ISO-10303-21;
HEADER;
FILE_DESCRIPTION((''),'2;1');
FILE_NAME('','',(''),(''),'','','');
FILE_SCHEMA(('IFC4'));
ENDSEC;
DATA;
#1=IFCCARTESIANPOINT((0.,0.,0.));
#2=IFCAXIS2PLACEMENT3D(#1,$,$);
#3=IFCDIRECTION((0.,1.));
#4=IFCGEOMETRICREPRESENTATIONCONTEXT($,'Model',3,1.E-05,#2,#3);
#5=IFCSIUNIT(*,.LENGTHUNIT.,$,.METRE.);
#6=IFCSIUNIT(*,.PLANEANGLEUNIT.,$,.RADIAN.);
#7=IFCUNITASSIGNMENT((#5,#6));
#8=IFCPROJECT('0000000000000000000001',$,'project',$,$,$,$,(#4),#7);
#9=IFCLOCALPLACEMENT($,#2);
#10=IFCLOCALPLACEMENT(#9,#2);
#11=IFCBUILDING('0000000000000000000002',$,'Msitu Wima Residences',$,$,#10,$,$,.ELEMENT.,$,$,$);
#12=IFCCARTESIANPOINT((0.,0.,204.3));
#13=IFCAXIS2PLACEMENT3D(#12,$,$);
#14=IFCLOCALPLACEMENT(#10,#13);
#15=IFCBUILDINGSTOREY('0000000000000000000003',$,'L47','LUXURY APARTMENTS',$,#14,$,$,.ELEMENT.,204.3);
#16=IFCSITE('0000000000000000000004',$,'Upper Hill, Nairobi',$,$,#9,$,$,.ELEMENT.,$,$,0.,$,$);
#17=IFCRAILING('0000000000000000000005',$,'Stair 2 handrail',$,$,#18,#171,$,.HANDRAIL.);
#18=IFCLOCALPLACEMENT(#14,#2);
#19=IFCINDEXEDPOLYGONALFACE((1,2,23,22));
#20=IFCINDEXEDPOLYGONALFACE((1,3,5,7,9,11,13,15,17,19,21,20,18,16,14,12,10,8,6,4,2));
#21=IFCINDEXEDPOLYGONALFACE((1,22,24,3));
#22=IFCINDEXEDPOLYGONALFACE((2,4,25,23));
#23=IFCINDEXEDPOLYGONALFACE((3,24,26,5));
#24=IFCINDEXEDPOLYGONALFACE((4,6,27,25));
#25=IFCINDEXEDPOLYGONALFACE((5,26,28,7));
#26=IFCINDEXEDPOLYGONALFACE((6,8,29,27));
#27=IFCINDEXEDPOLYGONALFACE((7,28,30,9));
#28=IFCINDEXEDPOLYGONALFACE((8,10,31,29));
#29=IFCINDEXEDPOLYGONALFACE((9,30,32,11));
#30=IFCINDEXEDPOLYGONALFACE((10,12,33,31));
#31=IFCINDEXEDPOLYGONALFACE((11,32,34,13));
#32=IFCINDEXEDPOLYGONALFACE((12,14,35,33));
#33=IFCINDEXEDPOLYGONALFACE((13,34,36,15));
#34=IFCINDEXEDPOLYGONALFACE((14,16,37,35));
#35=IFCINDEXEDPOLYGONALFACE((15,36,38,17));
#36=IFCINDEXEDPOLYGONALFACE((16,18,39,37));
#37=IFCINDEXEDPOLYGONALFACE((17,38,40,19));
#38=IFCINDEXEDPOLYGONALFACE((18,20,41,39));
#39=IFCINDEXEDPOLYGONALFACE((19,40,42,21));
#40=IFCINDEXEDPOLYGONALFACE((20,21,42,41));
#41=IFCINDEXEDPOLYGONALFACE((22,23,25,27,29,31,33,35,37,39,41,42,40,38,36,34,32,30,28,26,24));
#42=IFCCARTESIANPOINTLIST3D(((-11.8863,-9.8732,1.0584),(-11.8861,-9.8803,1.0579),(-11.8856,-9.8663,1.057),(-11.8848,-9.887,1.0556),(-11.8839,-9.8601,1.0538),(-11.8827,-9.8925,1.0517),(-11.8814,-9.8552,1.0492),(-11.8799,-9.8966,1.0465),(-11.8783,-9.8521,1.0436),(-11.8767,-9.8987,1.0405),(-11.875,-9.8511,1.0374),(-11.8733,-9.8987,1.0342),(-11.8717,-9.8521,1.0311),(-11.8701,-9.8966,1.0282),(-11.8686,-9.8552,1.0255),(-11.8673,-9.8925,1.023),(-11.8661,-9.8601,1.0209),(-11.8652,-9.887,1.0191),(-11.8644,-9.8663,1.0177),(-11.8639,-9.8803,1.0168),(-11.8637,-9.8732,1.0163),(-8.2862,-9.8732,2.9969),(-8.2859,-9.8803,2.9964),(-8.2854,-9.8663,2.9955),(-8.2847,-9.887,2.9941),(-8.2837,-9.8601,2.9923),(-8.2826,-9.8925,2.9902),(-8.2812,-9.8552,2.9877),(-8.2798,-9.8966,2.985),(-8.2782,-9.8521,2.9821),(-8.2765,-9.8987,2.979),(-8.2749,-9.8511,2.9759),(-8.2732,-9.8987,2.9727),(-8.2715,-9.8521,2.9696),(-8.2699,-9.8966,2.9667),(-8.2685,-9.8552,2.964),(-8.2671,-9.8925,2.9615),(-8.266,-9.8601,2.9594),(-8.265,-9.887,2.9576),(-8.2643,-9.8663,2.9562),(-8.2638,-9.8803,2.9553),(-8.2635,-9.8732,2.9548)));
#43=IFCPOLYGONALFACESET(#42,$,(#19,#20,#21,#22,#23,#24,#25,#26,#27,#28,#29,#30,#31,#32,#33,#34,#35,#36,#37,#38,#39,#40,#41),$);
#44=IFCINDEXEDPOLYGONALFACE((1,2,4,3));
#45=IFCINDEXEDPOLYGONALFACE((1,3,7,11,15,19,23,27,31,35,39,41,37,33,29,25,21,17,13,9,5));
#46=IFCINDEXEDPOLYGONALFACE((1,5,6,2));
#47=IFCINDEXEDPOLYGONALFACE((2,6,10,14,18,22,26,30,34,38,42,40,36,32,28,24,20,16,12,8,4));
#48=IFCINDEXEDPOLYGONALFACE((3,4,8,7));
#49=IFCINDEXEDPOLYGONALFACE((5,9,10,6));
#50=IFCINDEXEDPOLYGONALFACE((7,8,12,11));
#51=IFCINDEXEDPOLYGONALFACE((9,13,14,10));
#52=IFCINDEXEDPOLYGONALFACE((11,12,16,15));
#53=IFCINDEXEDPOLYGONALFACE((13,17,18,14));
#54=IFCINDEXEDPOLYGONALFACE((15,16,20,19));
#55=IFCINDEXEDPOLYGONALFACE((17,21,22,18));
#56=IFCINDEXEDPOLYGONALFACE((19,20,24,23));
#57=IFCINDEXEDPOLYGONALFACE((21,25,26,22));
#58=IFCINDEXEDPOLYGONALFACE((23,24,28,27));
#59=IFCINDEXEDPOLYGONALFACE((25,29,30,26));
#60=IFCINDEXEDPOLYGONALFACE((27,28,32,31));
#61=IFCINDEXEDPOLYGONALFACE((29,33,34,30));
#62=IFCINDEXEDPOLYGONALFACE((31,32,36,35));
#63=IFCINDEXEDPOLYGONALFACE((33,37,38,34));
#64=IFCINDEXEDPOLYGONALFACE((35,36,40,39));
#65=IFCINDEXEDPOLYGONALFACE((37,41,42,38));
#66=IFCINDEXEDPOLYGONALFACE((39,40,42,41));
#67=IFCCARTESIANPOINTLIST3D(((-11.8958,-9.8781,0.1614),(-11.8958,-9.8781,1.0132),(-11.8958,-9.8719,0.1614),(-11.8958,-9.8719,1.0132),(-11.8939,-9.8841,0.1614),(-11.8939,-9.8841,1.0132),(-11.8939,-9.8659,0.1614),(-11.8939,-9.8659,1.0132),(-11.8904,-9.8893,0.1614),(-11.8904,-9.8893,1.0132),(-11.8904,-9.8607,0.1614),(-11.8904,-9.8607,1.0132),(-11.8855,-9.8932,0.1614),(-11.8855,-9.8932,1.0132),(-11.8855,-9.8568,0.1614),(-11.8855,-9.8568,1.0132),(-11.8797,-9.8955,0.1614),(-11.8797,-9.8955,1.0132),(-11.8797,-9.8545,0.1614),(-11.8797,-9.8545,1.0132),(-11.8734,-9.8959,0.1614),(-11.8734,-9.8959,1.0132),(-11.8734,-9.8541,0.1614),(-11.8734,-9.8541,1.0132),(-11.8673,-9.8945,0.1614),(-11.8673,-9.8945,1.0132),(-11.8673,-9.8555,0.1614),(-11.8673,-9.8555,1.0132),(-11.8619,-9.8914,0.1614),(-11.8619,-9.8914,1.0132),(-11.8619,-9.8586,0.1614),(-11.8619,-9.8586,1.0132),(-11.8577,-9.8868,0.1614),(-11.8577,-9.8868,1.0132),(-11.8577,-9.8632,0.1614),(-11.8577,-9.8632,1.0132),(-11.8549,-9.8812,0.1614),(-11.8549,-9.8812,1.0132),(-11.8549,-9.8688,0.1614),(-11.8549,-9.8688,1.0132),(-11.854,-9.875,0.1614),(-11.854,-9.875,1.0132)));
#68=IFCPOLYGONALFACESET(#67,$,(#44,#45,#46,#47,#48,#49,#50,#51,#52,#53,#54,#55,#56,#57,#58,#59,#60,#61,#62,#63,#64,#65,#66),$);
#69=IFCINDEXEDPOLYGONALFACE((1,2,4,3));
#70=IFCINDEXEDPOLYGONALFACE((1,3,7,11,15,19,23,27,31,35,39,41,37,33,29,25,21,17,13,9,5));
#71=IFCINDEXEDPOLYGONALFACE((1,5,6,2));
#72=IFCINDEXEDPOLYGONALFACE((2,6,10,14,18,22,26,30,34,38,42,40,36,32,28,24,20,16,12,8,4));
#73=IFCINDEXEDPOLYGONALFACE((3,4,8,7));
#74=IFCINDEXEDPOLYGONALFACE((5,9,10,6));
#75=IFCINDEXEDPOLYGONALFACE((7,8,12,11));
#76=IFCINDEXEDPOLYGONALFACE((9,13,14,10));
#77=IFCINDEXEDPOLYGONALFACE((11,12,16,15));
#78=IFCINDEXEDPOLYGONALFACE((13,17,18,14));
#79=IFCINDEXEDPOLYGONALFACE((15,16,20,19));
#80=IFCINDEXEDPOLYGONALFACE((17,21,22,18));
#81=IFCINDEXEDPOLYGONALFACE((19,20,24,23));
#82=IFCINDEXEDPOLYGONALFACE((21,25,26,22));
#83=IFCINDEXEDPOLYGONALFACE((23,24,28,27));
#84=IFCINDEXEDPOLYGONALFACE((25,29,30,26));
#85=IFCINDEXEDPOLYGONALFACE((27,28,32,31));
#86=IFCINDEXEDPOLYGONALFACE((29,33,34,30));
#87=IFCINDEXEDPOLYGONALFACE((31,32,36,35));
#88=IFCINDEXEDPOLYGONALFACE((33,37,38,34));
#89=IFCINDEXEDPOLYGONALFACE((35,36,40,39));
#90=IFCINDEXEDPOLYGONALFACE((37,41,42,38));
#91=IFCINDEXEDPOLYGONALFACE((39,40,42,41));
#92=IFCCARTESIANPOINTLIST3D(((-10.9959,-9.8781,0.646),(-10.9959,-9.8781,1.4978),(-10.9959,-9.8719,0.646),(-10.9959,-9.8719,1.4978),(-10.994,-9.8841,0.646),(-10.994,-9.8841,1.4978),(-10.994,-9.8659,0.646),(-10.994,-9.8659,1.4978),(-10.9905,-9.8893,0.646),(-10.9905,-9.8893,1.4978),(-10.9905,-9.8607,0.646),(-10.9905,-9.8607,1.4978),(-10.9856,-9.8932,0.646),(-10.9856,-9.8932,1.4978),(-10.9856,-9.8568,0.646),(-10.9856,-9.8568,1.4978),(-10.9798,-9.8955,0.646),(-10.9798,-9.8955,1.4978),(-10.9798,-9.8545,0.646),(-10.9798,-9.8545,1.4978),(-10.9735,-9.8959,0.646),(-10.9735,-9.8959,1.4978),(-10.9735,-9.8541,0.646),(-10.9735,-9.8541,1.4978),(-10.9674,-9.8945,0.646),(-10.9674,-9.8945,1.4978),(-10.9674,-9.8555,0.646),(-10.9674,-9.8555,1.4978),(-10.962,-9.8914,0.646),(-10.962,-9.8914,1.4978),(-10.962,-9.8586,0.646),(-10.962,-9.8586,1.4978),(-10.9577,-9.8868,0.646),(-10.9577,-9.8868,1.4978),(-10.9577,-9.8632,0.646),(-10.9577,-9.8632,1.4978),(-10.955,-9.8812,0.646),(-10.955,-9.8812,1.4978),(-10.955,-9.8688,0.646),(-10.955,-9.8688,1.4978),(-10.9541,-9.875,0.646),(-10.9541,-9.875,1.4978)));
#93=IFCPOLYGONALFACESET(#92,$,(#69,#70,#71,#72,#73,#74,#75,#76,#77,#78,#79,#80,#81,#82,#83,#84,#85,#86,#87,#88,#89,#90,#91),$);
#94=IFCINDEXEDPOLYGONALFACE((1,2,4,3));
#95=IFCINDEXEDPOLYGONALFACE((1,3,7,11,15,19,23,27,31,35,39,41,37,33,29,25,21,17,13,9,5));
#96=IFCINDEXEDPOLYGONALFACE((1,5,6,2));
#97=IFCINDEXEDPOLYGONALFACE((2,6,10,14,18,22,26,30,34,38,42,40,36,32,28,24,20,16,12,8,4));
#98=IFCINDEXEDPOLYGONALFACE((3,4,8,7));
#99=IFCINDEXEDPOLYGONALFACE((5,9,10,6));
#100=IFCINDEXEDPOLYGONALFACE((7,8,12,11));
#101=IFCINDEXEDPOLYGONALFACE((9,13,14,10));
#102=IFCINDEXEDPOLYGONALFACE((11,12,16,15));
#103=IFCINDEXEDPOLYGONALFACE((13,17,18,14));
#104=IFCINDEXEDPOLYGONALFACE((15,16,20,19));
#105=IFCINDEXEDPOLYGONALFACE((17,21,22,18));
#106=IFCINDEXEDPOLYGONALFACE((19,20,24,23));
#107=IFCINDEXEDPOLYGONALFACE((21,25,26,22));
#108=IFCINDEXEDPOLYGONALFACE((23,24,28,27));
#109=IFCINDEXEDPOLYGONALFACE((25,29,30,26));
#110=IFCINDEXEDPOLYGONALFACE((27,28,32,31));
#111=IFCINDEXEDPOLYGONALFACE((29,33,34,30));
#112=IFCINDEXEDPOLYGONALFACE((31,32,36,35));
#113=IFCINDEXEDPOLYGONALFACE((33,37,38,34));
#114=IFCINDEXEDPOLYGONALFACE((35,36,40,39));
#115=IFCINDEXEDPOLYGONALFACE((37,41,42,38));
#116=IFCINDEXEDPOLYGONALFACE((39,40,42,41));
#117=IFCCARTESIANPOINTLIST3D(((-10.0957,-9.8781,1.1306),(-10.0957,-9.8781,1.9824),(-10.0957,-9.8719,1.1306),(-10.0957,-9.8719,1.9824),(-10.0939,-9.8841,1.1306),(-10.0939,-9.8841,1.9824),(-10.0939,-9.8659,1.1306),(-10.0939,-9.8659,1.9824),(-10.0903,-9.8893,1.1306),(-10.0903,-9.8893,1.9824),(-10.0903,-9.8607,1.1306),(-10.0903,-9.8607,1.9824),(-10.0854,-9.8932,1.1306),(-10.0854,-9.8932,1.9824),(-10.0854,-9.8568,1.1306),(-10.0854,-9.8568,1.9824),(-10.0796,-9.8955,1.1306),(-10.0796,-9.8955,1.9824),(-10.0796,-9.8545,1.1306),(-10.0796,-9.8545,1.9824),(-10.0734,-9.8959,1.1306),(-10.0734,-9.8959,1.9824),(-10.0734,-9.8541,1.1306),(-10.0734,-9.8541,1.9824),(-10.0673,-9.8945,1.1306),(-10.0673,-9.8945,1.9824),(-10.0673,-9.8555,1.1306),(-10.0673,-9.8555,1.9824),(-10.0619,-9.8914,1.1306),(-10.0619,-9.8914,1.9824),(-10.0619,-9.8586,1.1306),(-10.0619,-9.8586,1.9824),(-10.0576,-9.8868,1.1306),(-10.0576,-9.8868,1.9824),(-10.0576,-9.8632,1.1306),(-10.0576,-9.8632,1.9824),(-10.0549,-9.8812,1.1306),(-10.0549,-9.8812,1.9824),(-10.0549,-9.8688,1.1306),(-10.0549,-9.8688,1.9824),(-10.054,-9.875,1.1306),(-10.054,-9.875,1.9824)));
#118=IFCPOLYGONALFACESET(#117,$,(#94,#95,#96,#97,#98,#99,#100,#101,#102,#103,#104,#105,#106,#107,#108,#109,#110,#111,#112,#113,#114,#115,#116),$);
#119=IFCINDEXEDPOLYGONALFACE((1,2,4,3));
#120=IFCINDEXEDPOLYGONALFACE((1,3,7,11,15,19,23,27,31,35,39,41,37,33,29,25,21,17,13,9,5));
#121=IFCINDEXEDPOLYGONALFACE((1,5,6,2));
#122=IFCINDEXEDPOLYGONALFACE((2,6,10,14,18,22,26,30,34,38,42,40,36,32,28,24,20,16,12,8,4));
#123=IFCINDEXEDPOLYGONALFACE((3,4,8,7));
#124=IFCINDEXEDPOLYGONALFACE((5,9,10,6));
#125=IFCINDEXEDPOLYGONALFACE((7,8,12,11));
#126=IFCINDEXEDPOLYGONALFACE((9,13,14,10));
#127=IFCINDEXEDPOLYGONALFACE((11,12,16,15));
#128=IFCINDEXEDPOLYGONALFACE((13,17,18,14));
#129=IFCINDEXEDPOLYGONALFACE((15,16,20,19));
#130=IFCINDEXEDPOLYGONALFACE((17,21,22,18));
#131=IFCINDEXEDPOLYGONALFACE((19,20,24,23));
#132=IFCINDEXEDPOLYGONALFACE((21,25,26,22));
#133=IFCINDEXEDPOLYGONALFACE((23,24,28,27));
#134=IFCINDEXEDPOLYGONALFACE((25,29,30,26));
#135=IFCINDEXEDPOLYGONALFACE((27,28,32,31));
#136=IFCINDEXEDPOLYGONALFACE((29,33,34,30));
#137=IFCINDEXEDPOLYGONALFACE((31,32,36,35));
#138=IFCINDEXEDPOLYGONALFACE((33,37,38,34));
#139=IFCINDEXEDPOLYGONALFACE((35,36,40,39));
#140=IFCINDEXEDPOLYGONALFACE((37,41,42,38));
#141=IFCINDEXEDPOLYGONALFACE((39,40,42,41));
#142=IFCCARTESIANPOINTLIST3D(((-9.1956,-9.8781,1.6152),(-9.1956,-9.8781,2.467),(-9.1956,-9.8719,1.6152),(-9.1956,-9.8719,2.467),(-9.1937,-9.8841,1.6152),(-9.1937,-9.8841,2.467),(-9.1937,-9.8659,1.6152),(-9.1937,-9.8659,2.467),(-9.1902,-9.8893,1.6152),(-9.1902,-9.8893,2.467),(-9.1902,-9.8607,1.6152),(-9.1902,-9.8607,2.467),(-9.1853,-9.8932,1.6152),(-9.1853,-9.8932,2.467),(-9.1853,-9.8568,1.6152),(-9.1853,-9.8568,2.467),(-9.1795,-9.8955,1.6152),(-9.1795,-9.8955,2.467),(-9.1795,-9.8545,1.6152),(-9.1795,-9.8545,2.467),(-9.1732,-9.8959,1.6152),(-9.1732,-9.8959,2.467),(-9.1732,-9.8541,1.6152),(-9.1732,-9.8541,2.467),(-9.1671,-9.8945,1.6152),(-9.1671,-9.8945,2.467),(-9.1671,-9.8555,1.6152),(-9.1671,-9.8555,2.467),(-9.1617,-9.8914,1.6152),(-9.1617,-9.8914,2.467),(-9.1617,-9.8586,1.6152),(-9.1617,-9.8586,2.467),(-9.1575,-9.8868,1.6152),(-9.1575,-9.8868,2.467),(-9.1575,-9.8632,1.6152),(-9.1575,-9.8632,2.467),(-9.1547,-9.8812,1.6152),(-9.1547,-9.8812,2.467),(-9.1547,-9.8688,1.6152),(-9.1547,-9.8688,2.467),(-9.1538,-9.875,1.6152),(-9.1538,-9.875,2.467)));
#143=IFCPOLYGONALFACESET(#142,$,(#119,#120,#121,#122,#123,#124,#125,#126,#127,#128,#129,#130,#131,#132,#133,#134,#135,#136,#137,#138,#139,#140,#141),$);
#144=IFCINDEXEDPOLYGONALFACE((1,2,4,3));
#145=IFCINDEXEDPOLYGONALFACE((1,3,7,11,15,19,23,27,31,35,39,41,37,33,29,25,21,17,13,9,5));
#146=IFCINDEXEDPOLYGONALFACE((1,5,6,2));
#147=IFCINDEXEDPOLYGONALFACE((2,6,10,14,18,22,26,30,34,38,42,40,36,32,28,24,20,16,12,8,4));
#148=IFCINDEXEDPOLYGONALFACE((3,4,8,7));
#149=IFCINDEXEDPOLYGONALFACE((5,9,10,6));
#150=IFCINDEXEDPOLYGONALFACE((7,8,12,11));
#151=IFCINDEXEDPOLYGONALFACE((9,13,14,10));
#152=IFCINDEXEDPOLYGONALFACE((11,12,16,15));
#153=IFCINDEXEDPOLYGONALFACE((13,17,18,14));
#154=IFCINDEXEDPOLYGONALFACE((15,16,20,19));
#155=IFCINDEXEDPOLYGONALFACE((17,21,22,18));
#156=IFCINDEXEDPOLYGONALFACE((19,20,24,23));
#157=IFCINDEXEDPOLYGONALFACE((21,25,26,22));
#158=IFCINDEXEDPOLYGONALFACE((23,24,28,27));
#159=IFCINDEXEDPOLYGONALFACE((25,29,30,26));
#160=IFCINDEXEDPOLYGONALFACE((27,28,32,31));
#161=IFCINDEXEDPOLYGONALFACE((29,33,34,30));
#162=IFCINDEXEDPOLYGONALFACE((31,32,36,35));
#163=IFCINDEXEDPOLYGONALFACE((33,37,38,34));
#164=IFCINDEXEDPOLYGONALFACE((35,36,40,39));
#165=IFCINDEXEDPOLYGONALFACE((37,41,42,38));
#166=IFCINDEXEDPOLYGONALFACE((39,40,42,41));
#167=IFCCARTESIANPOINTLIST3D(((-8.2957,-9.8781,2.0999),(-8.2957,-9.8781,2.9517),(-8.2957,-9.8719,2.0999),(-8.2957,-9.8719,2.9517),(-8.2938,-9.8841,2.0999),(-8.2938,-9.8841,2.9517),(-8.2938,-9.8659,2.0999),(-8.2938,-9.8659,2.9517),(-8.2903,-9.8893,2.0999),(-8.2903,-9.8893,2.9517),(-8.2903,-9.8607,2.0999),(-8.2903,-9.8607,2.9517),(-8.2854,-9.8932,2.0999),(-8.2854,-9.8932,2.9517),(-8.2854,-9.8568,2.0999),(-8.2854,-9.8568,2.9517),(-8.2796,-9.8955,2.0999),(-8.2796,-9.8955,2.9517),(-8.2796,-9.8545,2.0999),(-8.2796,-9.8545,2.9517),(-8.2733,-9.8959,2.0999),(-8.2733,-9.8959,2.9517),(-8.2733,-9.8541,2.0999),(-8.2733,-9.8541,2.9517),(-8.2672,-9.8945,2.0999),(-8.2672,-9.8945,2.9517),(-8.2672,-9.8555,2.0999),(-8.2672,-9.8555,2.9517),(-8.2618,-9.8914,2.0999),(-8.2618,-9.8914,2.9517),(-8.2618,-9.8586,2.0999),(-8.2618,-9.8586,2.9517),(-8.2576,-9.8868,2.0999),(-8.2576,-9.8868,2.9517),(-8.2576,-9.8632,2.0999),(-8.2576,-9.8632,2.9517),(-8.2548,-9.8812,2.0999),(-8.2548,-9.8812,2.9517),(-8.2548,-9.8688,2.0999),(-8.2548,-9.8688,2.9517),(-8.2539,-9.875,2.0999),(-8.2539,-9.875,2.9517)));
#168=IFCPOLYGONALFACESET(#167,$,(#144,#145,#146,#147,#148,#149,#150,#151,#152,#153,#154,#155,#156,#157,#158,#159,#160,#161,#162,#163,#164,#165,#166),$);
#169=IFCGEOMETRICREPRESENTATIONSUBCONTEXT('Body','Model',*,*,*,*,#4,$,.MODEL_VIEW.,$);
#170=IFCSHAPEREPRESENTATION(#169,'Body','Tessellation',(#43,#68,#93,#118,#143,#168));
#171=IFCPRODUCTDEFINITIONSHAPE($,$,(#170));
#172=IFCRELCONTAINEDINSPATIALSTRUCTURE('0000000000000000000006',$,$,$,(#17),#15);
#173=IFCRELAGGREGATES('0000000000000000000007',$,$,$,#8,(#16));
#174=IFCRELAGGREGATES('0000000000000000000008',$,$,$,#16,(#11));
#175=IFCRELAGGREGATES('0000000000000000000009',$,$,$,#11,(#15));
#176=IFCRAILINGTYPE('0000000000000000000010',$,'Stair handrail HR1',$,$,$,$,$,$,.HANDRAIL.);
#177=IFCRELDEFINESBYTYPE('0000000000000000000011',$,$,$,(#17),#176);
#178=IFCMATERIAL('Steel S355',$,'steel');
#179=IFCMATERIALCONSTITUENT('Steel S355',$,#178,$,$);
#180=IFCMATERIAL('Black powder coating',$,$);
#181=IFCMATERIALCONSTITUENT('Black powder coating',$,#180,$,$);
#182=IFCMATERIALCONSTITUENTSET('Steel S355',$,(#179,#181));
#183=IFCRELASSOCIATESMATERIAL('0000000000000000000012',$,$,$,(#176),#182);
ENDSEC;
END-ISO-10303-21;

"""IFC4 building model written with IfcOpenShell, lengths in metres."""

from ifc_helpers import new_model, si_unit, direction, frame, origin, origin_2d, place, context, subcontext, project, spatial, circle, extrude, material, constituent, constituent_set, type_object, element, save


model = new_model("IFC4")

# Units and contexts
model_context = context("Model", 3, precision=1e-05, world=origin(), true_north=direction((0.0, 1.0)))
body_context = subcontext(model_context, "Body", "Model", "MODEL_VIEW")
ifc_project = project(units=[si_unit("LENGTHUNIT", "METRE"), si_unit("PLANEANGLEUNIT", "RADIAN")], contexts=[model_context])

# Site, building, storey
site_placement = place(None, origin())
site = spatial("IfcSite", under=ifc_project, at=site_placement, Name="Upper Hill, Nairobi", CompositionType="ELEMENT", RefElevation=0.0)
building_placement = place(site_placement, origin())
building = spatial("IfcBuilding", under=site, at=building_placement, Name="Msitu Wima Residences", CompositionType="ELEMENT")
storey_placement = place(building_placement, frame((0.0, 0.0, 204.3)))
storey = spatial("IfcBuildingStorey", under=building, at=storey_placement, Name="L47", Description="LUXURY APARTMENTS", CompositionType="ELEMENT", Elevation=204.3)

# Railing
ifc_material_1 = material(Name="Steel S355", Category="steel")
ifc_constituent_1 = constituent(ifc_material_1, Name="Steel S355")
ifc_material_2 = material(Name="Black powder coating")
ifc_constituent_2 = constituent(ifc_material_2, Name="Black powder coating")
ifc_constituent_set = constituent_set(constituents=[ifc_constituent_1, ifc_constituent_2], Name="Steel S355")
railing_type = type_object("IfcRailingType", Name="Stair handrail HR1", PredefinedType="HANDRAIL", material=ifc_constituent_set)
for number, where, name in (
    (1, (-11.875, -9.875, 0.1614), "Stair 2 handrail"),
):
    element("IfcRailing", number, at=place(storey_placement, frame(where)), inside=storey, type_object=railing_type, Name=name, PredefinedType="HANDRAIL", context=body_context, shape_type="SweptSolid", body=[
        extrude(circle(Radius=0.0239, at=origin_2d()), frame((0.0, 0.0, 0.876), z_axis=(0.880475, 0.0, 0.474093), x_axis=(0.0, 1.0, 0.0)), (0.0, 0.0, 1.0), 4.0889),
        extrude(circle(Radius=0.021, at=origin_2d()), origin(), (0.0, 0.0, 1.0), 0.8518),
        extrude(circle(Radius=0.021, at=origin_2d()), frame((0.8999, 0.0, 0.4846)), (0.0, 0.0, 1.0), 0.8518),
        extrude(circle(Radius=0.021, at=origin_2d()), frame((1.8, 0.0, 0.9692)), (0.0, 0.0, 1.0), 0.8518),
        extrude(circle(Radius=0.021, at=origin_2d()), frame((2.7002, 0.0, 1.4539)), (0.0, 0.0, 1.0), 0.8518),
        extrude(circle(Radius=0.021, at=origin_2d()), frame((3.6001, 0.0, 1.9385)), (0.0, 0.0, 1.0), 0.8518),
    ])

save(model, "model.ifc")
